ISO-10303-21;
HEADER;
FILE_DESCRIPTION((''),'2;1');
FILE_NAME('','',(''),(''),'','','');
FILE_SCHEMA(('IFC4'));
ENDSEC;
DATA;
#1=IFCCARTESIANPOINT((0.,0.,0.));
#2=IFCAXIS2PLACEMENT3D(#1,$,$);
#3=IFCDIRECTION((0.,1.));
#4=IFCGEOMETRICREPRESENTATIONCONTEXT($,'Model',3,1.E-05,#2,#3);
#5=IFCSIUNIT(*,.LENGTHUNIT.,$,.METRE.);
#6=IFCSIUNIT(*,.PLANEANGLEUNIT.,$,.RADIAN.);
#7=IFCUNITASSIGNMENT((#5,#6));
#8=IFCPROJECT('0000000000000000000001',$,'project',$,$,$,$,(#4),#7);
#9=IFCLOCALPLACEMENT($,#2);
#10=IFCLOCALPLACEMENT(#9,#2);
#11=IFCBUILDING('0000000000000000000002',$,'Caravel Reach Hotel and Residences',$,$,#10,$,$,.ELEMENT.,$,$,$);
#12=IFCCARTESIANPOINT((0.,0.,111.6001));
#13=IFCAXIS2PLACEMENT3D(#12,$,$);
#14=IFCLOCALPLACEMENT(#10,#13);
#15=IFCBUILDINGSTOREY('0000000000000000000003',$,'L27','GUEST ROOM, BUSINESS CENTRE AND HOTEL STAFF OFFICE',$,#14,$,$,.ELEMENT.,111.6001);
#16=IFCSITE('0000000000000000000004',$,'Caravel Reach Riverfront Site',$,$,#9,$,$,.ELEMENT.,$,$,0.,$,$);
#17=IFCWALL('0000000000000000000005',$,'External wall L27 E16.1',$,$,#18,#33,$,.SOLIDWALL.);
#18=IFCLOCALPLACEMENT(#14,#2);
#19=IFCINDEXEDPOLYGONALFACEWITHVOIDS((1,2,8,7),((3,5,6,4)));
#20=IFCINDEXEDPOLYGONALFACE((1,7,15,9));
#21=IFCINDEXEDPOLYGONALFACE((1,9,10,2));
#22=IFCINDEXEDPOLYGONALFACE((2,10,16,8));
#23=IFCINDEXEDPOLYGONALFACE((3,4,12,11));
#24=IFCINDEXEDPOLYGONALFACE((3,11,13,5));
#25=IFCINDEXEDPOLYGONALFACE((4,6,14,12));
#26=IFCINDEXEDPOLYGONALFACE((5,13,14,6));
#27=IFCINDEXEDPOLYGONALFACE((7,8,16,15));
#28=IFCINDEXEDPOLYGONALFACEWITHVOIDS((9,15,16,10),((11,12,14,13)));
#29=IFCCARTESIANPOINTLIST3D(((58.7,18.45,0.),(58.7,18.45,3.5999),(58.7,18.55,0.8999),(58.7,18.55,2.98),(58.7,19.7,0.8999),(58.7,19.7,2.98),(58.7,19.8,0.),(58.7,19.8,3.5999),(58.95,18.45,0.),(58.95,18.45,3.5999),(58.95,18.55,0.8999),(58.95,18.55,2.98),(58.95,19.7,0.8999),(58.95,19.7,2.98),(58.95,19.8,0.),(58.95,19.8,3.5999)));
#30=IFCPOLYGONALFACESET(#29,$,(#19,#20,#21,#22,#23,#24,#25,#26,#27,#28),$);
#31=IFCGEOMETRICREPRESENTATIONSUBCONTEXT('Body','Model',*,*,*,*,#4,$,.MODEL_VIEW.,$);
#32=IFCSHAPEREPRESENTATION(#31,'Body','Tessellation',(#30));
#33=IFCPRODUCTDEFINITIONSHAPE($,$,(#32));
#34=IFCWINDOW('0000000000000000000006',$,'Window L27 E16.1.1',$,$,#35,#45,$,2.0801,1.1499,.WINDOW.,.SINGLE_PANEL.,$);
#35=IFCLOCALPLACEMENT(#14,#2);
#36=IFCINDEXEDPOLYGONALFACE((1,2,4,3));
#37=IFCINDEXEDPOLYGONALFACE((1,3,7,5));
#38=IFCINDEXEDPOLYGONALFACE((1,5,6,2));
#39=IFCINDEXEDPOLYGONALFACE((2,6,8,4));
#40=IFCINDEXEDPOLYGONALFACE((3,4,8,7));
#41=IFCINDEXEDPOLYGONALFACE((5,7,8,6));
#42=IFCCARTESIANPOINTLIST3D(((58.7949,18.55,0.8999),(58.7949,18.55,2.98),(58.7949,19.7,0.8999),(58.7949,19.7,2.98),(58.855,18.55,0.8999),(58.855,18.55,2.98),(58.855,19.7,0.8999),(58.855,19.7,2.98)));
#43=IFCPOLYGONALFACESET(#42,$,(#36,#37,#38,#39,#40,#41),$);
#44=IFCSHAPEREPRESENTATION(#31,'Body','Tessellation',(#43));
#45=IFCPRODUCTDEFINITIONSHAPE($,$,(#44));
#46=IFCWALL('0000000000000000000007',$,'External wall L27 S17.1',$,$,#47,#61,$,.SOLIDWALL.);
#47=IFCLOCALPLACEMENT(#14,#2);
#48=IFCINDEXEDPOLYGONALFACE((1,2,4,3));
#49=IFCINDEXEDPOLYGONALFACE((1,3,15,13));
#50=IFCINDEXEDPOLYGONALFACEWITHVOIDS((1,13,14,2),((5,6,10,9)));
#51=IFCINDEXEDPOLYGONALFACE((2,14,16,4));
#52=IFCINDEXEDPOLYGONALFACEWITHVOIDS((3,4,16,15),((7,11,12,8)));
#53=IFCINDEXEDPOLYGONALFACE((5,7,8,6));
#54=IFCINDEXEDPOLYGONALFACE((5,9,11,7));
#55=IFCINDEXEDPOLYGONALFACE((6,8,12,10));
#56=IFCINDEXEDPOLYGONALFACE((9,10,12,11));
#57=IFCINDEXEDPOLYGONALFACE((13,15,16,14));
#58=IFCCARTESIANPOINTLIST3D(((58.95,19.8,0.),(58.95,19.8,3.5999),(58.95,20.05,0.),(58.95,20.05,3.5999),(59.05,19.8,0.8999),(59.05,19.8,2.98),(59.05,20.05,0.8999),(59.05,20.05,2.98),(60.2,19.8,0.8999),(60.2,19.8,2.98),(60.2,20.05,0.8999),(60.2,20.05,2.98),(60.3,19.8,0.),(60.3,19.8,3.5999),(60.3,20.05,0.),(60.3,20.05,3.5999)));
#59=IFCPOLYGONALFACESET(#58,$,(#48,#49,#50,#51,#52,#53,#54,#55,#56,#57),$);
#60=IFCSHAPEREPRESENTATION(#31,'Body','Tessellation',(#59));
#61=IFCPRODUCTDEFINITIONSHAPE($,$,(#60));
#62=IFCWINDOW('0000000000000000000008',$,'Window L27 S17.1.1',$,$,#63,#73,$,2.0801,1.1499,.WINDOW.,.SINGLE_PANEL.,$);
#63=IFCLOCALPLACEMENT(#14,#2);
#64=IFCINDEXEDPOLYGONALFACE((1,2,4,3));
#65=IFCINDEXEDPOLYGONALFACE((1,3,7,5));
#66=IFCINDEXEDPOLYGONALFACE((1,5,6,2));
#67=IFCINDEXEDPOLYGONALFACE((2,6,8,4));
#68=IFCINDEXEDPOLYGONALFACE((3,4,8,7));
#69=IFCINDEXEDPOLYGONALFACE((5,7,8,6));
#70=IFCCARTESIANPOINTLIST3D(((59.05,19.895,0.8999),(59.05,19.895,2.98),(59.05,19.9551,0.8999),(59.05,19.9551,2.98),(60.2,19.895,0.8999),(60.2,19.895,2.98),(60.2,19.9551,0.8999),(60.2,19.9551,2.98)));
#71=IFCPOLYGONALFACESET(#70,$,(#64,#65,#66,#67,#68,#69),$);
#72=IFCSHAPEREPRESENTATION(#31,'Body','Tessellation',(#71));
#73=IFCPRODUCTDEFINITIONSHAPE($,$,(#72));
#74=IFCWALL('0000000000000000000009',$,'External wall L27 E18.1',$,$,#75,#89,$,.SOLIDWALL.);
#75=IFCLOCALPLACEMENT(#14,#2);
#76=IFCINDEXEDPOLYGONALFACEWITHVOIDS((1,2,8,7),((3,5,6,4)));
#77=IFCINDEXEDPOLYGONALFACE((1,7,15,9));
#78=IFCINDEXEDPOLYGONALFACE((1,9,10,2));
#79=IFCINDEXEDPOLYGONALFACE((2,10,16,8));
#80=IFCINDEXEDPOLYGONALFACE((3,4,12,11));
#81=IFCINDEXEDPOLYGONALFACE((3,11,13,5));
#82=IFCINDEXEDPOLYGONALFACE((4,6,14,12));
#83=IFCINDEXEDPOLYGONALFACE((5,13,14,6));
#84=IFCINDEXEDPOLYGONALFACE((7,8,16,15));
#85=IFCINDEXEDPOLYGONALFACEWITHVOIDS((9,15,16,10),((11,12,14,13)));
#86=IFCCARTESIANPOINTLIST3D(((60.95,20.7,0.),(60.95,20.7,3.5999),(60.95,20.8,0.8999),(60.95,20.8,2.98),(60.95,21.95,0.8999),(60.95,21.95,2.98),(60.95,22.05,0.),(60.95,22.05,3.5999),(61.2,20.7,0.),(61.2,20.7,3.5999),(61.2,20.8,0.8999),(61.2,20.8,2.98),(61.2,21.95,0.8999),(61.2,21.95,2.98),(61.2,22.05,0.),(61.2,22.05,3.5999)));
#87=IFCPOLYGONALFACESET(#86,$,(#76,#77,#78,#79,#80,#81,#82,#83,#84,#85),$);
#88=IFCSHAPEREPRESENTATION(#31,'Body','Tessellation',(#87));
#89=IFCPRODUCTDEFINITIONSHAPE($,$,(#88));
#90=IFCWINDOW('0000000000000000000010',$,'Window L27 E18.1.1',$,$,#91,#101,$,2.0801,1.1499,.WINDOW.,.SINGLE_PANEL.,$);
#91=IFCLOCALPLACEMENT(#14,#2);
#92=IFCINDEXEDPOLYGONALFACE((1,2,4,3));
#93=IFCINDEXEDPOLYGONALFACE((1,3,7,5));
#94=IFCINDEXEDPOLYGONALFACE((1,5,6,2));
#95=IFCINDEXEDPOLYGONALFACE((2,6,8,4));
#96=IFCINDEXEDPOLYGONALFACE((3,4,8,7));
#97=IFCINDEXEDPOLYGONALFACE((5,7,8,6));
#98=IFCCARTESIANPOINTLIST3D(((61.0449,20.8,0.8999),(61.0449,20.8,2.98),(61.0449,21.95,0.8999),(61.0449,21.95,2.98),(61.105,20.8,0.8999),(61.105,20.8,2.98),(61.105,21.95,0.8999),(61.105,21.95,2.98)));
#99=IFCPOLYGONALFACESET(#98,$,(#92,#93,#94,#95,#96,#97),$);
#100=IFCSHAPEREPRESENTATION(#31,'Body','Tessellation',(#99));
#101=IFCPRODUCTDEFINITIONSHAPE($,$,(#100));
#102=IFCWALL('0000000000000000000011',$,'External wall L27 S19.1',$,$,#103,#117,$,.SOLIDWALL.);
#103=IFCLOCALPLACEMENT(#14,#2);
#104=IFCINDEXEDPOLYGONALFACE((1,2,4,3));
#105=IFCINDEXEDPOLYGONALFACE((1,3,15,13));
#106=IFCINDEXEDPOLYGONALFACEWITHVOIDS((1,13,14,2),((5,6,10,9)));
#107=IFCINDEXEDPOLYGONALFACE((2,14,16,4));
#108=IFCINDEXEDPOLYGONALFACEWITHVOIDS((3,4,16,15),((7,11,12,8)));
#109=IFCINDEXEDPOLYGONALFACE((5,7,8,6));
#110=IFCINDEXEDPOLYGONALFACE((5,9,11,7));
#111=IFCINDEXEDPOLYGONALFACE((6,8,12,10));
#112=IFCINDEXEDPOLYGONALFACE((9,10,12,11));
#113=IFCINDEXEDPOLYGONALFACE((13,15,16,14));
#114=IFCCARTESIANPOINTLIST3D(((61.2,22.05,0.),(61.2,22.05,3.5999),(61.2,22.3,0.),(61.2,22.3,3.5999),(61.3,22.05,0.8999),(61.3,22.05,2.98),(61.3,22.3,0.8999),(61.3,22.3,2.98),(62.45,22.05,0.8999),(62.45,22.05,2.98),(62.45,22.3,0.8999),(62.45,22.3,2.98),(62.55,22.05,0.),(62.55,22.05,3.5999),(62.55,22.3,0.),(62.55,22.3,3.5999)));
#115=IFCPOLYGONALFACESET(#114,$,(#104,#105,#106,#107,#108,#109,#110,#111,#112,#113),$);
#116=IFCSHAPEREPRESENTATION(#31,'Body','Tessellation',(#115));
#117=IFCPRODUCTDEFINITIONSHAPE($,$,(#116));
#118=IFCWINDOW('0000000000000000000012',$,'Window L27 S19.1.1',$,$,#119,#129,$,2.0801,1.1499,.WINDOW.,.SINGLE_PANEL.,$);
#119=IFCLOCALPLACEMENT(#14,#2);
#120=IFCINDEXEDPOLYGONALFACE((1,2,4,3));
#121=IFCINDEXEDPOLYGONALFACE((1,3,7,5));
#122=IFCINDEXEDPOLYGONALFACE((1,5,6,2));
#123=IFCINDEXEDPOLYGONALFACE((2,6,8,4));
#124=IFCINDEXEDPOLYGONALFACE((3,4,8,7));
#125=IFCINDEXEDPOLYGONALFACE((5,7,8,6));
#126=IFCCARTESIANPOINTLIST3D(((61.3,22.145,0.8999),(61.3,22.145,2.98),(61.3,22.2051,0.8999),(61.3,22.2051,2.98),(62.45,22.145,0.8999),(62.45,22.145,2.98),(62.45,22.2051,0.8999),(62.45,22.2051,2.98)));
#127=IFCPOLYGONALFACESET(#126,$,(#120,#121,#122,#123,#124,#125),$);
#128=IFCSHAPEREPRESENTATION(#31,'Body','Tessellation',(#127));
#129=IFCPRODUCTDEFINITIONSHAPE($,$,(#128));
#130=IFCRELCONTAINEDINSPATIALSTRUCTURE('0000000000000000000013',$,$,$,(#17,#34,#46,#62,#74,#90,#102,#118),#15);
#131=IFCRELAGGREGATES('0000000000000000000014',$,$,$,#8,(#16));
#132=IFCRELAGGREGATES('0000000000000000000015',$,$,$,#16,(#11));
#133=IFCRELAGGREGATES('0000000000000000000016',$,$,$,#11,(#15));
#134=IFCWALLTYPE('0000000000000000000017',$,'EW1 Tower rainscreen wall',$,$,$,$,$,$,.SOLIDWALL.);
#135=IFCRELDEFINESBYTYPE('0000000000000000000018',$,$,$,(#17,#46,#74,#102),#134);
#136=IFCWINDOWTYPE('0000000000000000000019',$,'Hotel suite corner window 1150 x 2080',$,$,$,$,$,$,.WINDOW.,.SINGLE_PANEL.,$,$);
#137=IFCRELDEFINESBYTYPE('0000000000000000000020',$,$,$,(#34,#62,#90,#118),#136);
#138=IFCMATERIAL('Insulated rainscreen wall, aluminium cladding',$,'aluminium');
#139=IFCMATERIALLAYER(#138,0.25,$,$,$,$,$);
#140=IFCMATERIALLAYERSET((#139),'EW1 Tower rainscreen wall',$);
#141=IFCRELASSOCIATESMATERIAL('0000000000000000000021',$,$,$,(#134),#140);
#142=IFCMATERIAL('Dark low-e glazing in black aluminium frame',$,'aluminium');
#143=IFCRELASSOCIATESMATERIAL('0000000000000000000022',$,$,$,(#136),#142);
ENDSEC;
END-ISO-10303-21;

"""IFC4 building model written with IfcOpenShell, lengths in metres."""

from ifc_helpers import new_model, si_unit, direction, frame, frame_2d, origin, place, context, subcontext, project, spatial, rectangle, extrude, material, layer, layer_set, type_object, element, fill, save


model = new_model("IFC4")

# Units and contexts
model_context = context("Model", 3, precision=1e-05, world=origin(), true_north=direction((0.0, 1.0)))
body_context = subcontext(model_context, "Body", "Model", "MODEL_VIEW")
ifc_project = project(units=[si_unit("LENGTHUNIT", "METRE"), si_unit("PLANEANGLEUNIT", "RADIAN")], contexts=[model_context])

# Site, building, storey
site_placement = place(None, origin())
site = spatial("IfcSite", under=ifc_project, at=site_placement, Name="Caravel Reach Riverfront Site", CompositionType="ELEMENT", RefElevation=0.0)
building_placement = place(site_placement, origin())
building = spatial("IfcBuilding", under=site, at=building_placement, Name="Caravel Reach Hotel and Residences", CompositionType="ELEMENT")
storey_placement = place(building_placement, frame((0.0, 0.0, 111.6001)))
storey = spatial("IfcBuildingStorey", under=building, at=storey_placement, Name="L27", Description="GUEST ROOM, BUSINESS CENTRE AND HOTEL STAFF OFFICE", CompositionType="ELEMENT", Elevation=111.6001)

# Walls, openings, windows
ifc_material_1 = material(Name="Insulated rainscreen wall, aluminium cladding", Category="aluminium")
ifc_layer_1 = layer(ifc_material_1, 0.25)
ifc_layer_set_1 = layer_set([ifc_layer_1], Name="EW1 Tower rainscreen wall")
wall_type_1 = type_object("IfcWallType", Name="EW1 Tower rainscreen wall", PredefinedType="SOLIDWALL", material=ifc_layer_set_1)
wall_1_placement = place(storey_placement, frame((58.825, 18.45, 0.0), z_axis=(0.0, 0.0, 1.0), x_axis=(0.0, 1.0, 0.0)))
wall_1 = element("IfcWall", 1, at=wall_1_placement, inside=storey, type_object=wall_type_1, Name="External wall L27 E16.1", PredefinedType="SOLIDWALL", context=body_context, shape_type="SweptSolid", body=[
    extrude(rectangle(XDim=1.3501, YDim=0.25, at=frame_2d((0.675, 0.0))), origin(), (0.0, 0.0, 1.0), 3.5999),
])
opening_1_placement = place(wall_1_placement, frame((0.1001, 0.0, 0.8999)))
opening_1 = element("IfcOpeningElement", 2, at=opening_1_placement, cuts=wall_1, PredefinedType="OPENING", context=body_context, shape_type="SweptSolid", body=[
    extrude(rectangle(XDim=1.1499, YDim=2.0801, at=frame_2d((0.575, 1.04))), frame((0.0, 0.135, 0.0), z_axis=(0.0, -1.0, 0.0), x_axis=(1.0, 0.0, 0.0)), (0.0, 0.0, 1.0), 0.27),
])
ifc_material_2 = material(Name="Dark low-e glazing in black aluminium frame", Category="aluminium")
window_type_1 = type_object("IfcWindowType", Name="Hotel suite corner window 1150 x 2080", PartitioningType="SINGLE_PANEL", PredefinedType="WINDOW", material=ifc_material_2)
window_1_placement = place(opening_1_placement, origin())
window_1 = element("IfcWindow", 3, at=window_1_placement, inside=storey, type_object=window_type_1, Name="Window L27 E16.1.1", OverallHeight=2.0801, OverallWidth=1.1499, PartitioningType="SINGLE_PANEL", PredefinedType="WINDOW", context=body_context, shape_type="SweptSolid", body=[
    extrude(rectangle(XDim=1.1499, YDim=2.0801, at=frame_2d((0.575, 1.04))), frame((0.0, 0.03, 0.0), z_axis=(0.0, -1.0, 0.0), x_axis=(1.0, 0.0, 0.0)), (0.0, 0.0, 1.0), 0.0601),
])
fill(opening_1, window_1)
wall_2_placement = place(storey_placement, frame((58.95, 19.925, 0.0), z_axis=(0.0, 0.0, 1.0), x_axis=(1.0, 0.0, 0.0)))
wall_2 = element("IfcWall", 4, at=wall_2_placement, inside=storey, type_object=wall_type_1, Name="External wall L27 S17.1", PredefinedType="SOLIDWALL", context=body_context, shape_type="SweptSolid", body=[
    extrude(rectangle(XDim=1.3501, YDim=0.25, at=frame_2d((0.675, 0.0))), origin(), (0.0, 0.0, 1.0), 3.5999),
])
opening_2_placement = place(wall_2_placement, frame((0.1001, 0.0, 0.8999)))
opening_2 = element("IfcOpeningElement", 5, at=opening_2_placement, cuts=wall_2, PredefinedType="OPENING", context=body_context, shape_type="SweptSolid", body=[
    extrude(rectangle(XDim=1.1499, YDim=2.0801, at=frame_2d((0.575, 1.04))), frame((0.0, 0.135, 0.0), z_axis=(0.0, -1.0, 0.0), x_axis=(1.0, 0.0, 0.0)), (0.0, 0.0, 1.0), 0.27),
])
window_2_placement = place(opening_2_placement, origin())
window_2 = element("IfcWindow", 6, at=window_2_placement, inside=storey, type_object=window_type_1, Name="Window L27 S17.1.1", OverallHeight=2.0801, OverallWidth=1.1499, PartitioningType="SINGLE_PANEL", PredefinedType="WINDOW", context=body_context, shape_type="SweptSolid", body=[
    extrude(rectangle(XDim=1.1499, YDim=2.0801, at=frame_2d((0.575, 1.04))), frame((0.0, 0.03, 0.0), z_axis=(0.0, -1.0, 0.0), x_axis=(1.0, 0.0, 0.0)), (0.0, 0.0, 1.0), 0.0601),
])
fill(opening_2, window_2)
wall_3_placement = place(storey_placement, frame((61.075, 20.7, 0.0), z_axis=(0.0, 0.0, 1.0), x_axis=(0.0, 1.0, 0.0)))
wall_3 = element("IfcWall", 7, at=wall_3_placement, inside=storey, type_object=wall_type_1, Name="External wall L27 E18.1", PredefinedType="SOLIDWALL", context=body_context, shape_type="SweptSolid", body=[
    extrude(rectangle(XDim=1.3501, YDim=0.25, at=frame_2d((0.675, 0.0))), origin(), (0.0, 0.0, 1.0), 3.5999),
])
opening_3_placement = place(wall_3_placement, frame((0.1001, 0.0, 0.8999)))
opening_3 = element("IfcOpeningElement", 8, at=opening_3_placement, cuts=wall_3, PredefinedType="OPENING", context=body_context, shape_type="SweptSolid", body=[
    extrude(rectangle(XDim=1.1499, YDim=2.0801, at=frame_2d((0.575, 1.04))), frame((0.0, 0.135, 0.0), z_axis=(0.0, -1.0, 0.0), x_axis=(1.0, 0.0, 0.0)), (0.0, 0.0, 1.0), 0.27),
])
window_3_placement = place(opening_3_placement, origin())
window_3 = element("IfcWindow", 9, at=window_3_placement, inside=storey, type_object=window_type_1, Name="Window L27 E18.1.1", OverallHeight=2.0801, OverallWidth=1.1499, PartitioningType="SINGLE_PANEL", PredefinedType="WINDOW", context=body_context, shape_type="SweptSolid", body=[
    extrude(rectangle(XDim=1.1499, YDim=2.0801, at=frame_2d((0.575, 1.04))), frame((0.0, 0.03, 0.0), z_axis=(0.0, -1.0, 0.0), x_axis=(1.0, 0.0, 0.0)), (0.0, 0.0, 1.0), 0.0601),
])
fill(opening_3, window_3)
wall_4_placement = place(storey_placement, frame((61.2, 22.175, 0.0), z_axis=(0.0, 0.0, 1.0), x_axis=(1.0, 0.0, 0.0)))
wall_4 = element("IfcWall", 10, at=wall_4_placement, inside=storey, type_object=wall_type_1, Name="External wall L27 S19.1", PredefinedType="SOLIDWALL", context=body_context, shape_type="SweptSolid", body=[
    extrude(rectangle(XDim=1.3501, YDim=0.25, at=frame_2d((0.675, 0.0))), origin(), (0.0, 0.0, 1.0), 3.5999),
])
opening_4_placement = place(wall_4_placement, frame((0.1001, 0.0, 0.8999)))
opening_4 = element("IfcOpeningElement", 11, at=opening_4_placement, cuts=wall_4, PredefinedType="OPENING", context=body_context, shape_type="SweptSolid", body=[
    extrude(rectangle(XDim=1.1499, YDim=2.0801, at=frame_2d((0.575, 1.04))), frame((0.0, 0.135, 0.0), z_axis=(0.0, -1.0, 0.0), x_axis=(1.0, 0.0, 0.0)), (0.0, 0.0, 1.0), 0.27),
])
window_4_placement = place(opening_4_placement, origin())
window_4 = element("IfcWindow", 12, at=window_4_placement, inside=storey, type_object=window_type_1, Name="Window L27 S19.1.1", OverallHeight=2.0801, OverallWidth=1.1499, PartitioningType="SINGLE_PANEL", PredefinedType="WINDOW", context=body_context, shape_type="SweptSolid", body=[
    extrude(rectangle(XDim=1.1499, YDim=2.0801, at=frame_2d((0.575, 1.04))), frame((0.0, 0.03, 0.0), z_axis=(0.0, -1.0, 0.0), x_axis=(1.0, 0.0, 0.0)), (0.0, 0.0, 1.0), 0.0601),
])
fill(opening_4, window_4)

save(model, "model.ifc")
